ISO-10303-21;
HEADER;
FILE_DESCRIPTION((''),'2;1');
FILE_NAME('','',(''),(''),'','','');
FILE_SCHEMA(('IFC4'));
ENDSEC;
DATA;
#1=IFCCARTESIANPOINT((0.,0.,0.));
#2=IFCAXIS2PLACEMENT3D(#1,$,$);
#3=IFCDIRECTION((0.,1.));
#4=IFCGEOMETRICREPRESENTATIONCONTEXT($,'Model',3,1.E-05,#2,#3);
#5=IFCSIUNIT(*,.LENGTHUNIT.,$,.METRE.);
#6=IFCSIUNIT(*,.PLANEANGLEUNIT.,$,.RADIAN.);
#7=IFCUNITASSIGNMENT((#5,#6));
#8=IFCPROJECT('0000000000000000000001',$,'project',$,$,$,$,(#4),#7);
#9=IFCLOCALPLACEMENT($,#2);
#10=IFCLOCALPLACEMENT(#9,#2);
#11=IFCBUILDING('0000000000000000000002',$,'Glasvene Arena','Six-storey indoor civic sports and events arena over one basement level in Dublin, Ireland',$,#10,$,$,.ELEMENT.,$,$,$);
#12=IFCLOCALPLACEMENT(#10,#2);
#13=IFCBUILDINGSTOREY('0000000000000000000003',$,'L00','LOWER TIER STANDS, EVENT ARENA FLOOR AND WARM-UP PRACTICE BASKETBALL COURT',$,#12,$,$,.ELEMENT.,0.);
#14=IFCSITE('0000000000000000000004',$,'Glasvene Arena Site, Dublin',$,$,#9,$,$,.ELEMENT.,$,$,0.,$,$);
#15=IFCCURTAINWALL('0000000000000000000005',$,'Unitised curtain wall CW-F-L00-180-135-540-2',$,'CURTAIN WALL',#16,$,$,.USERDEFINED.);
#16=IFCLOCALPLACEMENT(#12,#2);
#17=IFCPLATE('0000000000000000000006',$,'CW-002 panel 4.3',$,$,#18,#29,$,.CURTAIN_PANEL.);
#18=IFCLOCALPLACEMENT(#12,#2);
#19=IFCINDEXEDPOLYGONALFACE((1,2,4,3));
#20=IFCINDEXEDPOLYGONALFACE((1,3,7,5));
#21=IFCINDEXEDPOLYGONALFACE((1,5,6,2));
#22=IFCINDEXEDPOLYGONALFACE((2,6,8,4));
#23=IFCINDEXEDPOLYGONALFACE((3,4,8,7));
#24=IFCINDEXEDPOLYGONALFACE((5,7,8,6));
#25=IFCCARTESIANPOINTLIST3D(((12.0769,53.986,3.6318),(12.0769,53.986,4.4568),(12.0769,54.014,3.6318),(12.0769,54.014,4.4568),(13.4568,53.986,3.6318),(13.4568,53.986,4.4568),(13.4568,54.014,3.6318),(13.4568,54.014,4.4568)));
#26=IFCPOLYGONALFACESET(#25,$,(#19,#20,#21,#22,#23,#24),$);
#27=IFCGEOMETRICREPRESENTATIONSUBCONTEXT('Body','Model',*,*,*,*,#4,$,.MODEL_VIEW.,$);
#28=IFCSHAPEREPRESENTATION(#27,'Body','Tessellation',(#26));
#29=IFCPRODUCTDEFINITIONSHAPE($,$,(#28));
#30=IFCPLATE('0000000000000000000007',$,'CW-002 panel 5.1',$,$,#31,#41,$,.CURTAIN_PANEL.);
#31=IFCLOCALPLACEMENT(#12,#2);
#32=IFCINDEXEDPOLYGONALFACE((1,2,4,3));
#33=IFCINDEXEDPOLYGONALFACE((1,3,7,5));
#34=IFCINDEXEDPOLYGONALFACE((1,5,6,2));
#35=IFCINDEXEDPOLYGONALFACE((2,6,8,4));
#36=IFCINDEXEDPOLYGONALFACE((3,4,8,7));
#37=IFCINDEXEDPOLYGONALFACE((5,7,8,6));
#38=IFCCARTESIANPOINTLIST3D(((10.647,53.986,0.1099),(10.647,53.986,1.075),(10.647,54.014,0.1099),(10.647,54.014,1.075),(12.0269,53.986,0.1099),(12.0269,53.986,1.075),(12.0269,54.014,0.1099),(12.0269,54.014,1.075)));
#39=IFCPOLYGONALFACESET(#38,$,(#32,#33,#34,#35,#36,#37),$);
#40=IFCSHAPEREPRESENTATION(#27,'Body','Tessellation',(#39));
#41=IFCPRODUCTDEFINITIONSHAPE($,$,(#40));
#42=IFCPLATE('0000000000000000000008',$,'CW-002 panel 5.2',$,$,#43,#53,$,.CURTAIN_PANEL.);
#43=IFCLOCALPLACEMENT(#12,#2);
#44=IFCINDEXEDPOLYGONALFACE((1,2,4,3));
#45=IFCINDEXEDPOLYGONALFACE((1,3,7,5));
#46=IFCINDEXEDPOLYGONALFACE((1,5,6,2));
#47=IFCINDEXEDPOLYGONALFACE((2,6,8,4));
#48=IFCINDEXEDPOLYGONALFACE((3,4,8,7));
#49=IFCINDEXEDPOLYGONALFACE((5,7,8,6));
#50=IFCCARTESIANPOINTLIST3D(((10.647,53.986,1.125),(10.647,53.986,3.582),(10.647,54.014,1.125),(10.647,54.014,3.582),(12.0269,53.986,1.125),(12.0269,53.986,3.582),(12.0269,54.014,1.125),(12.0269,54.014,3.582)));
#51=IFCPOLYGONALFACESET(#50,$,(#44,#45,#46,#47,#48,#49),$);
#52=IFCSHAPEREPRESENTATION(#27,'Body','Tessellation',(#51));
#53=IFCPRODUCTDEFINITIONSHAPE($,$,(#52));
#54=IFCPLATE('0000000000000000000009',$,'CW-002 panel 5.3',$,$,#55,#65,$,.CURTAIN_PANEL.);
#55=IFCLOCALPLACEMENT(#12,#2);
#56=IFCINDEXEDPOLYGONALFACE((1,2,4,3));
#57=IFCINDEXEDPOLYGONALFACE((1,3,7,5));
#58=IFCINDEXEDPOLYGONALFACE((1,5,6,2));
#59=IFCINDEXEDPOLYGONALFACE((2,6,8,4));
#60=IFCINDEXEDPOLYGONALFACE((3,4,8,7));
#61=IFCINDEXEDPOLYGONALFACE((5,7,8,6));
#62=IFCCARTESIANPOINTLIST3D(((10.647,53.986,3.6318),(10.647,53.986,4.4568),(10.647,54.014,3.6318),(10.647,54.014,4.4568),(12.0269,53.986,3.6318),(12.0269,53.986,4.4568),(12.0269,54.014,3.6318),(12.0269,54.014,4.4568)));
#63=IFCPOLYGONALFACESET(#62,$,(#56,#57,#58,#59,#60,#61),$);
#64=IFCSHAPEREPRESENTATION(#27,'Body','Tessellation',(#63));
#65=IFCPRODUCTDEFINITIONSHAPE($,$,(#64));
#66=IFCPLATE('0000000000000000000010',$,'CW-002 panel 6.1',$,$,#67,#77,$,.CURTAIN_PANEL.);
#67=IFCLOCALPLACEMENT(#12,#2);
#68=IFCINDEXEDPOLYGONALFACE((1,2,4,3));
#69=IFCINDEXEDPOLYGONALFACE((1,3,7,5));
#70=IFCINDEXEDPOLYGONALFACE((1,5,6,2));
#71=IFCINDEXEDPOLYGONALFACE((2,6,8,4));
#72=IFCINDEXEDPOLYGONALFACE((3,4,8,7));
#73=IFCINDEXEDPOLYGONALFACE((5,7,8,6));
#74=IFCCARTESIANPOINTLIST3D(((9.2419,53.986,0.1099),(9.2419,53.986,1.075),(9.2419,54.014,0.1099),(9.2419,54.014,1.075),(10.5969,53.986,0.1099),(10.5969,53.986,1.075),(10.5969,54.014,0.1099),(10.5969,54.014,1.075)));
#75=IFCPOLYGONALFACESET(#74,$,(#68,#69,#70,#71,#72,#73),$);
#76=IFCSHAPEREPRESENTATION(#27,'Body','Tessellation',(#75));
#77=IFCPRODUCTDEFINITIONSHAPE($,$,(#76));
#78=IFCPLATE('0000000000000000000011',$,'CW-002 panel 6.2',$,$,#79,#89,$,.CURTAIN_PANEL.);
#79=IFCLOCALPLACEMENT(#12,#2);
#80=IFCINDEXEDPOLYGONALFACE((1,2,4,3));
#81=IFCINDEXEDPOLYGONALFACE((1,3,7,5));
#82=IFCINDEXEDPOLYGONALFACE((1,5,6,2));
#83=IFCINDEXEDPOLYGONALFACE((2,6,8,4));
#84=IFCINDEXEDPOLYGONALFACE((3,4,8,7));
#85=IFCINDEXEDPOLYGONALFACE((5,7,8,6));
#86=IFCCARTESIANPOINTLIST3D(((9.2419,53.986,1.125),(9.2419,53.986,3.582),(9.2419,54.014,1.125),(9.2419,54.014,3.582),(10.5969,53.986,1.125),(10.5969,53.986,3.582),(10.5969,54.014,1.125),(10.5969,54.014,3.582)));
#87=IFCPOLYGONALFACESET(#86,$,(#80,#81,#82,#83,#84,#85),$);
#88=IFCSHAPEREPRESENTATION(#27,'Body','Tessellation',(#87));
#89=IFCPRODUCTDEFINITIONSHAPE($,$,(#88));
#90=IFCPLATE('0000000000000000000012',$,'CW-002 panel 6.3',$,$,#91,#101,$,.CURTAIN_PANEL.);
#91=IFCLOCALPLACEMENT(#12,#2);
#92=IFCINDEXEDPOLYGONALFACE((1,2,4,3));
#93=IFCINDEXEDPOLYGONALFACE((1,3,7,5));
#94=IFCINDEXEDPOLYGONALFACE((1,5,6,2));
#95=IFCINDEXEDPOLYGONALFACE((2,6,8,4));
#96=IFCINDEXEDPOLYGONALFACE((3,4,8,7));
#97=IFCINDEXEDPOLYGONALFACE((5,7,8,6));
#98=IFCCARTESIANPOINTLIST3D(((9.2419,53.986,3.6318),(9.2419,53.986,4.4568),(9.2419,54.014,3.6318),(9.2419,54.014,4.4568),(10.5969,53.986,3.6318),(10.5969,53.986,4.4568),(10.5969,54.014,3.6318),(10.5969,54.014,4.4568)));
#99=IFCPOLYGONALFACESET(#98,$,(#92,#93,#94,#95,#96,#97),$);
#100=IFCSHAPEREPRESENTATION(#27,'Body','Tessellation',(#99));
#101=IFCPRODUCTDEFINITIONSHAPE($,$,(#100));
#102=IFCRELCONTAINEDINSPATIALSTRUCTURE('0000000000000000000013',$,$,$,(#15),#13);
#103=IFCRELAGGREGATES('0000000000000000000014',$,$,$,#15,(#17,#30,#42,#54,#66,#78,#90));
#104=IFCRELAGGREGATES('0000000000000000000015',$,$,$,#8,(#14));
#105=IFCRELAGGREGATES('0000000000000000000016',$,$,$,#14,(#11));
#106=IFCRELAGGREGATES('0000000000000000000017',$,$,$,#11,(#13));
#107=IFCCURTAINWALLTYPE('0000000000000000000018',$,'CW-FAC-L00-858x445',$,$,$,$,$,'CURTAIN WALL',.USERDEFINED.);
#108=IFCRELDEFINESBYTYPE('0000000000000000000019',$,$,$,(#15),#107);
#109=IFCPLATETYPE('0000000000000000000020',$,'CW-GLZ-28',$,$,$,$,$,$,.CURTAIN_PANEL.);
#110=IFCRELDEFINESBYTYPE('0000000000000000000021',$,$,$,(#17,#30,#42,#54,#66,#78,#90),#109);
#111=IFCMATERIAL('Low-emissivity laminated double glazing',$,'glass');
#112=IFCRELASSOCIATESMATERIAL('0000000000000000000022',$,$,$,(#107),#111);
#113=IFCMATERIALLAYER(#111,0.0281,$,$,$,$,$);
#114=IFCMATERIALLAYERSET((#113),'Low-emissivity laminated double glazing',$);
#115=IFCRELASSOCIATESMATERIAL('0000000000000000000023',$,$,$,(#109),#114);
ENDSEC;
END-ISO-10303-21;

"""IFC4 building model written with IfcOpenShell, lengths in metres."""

from ifc_helpers import new_model, si_unit, direction, frame, origin, origin_2d, place, context, subcontext, project, spatial, rectangle, extrude, material, layer, layer_set, type_object, element, aggregate, save


model = new_model("IFC4")

# Units and contexts
model_context = context("Model", 3, precision=1e-05, world=origin(), true_north=direction((0.0, 1.0)))
body_context = subcontext(model_context, "Body", "Model", "MODEL_VIEW")
ifc_project = project(units=[si_unit("LENGTHUNIT", "METRE"), si_unit("PLANEANGLEUNIT", "RADIAN")], contexts=[model_context])

# Site, building, storey
site_placement = place(None, origin())
site = spatial("IfcSite", under=ifc_project, at=site_placement, Name="Glasvene Arena Site, Dublin", CompositionType="ELEMENT", RefElevation=0.0)
building_placement = place(site_placement, origin())
building = spatial("IfcBuilding", under=site, at=building_placement, Name="Glasvene Arena", Description="Six-storey indoor civic sports and events arena over one basement level in Dublin, Ireland", CompositionType="ELEMENT")
storey_placement = place(building_placement, origin())
storey = spatial("IfcBuildingStorey", under=building, at=storey_placement, Name="L00", Description="LOWER TIER STANDS, EVENT ARENA FLOOR AND WARM-UP PRACTICE BASKETBALL COURT", CompositionType="ELEMENT", Elevation=0.0)

# Curtain wall, plates
ifc_material_1 = material(Name="Low-emissivity laminated double glazing", Category="glass")
curtain_wall_type = type_object("IfcCurtainWallType", Name="CW-FAC-L00-858x445", ElementType="CURTAIN WALL", PredefinedType="USERDEFINED", material=ifc_material_1)
curtain_wall_placement = place(storey_placement, frame((17.7717, 54.0, 0.0)))
curtain_wall = element("IfcCurtainWall", 1, at=curtain_wall_placement, inside=storey, type_object=curtain_wall_type, Name="Unitised curtain wall CW-F-L00-180-135-540-2", ObjectType="CURTAIN WALL", PredefinedType="USERDEFINED")
ifc_layer = layer(ifc_material_1, 0.0281)
ifc_layer_set = layer_set([ifc_layer], Name="Low-emissivity laminated double glazing")
plate_type = type_object("IfcPlateType", Name="CW-GLZ-28", PredefinedType="CURTAIN_PANEL", material=ifc_layer_set)
plate_1_placement = place(storey_placement, frame((12.7668, 54.0, 3.6318), z_axis=(0.0, 0.0, 1.0), x_axis=(-1.0, 0.0, 0.0)))
plate_1 = element("IfcPlate", 2, at=plate_1_placement, type_object=plate_type, Name="CW-002 panel 4.3", PredefinedType="CURTAIN_PANEL", context=body_context, shape_type="SweptSolid", body=[
    extrude(rectangle(XDim=1.3799, YDim=0.0281, at=origin_2d()), origin(), (0.0, 0.0, 1.0), 0.825),
])
plate_2_placement = place(storey_placement, frame((11.3369, 54.0, 0.1099), z_axis=(0.0, 0.0, 1.0), x_axis=(-1.0, 0.0, 0.0)))
plate_2 = element("IfcPlate", 3, at=plate_2_placement, type_object=plate_type, Name="CW-002 panel 5.1", PredefinedType="CURTAIN_PANEL", context=body_context, shape_type="SweptSolid", body=[
    extrude(rectangle(XDim=1.3799, YDim=0.0281, at=origin_2d()), origin(), (0.0, 0.0, 1.0), 0.9651),
])
plate_3_placement = place(storey_placement, frame((11.3369, 54.0, 1.125), z_axis=(0.0, 0.0, 1.0), x_axis=(-1.0, 0.0, 0.0)))
plate_3 = element("IfcPlate", 4, at=plate_3_placement, type_object=plate_type, Name="CW-002 panel 5.2", PredefinedType="CURTAIN_PANEL", context=body_context, shape_type="SweptSolid", body=[
    extrude(rectangle(XDim=1.3799, YDim=0.0281, at=origin_2d()), origin(), (0.0, 0.0, 1.0), 2.457),
])
plate_4_placement = place(storey_placement, frame((11.3369, 54.0, 3.6318), z_axis=(0.0, 0.0, 1.0), x_axis=(-1.0, 0.0, 0.0)))
plate_4 = element("IfcPlate", 5, at=plate_4_placement, type_object=plate_type, Name="CW-002 panel 5.3", PredefinedType="CURTAIN_PANEL", context=body_context, shape_type="SweptSolid", body=[
    extrude(rectangle(XDim=1.3799, YDim=0.0281, at=origin_2d()), origin(), (0.0, 0.0, 1.0), 0.825),
])
plate_5_placement = place(storey_placement, frame((9.9194, 54.0, 0.1099), z_axis=(0.0, 0.0, 1.0), x_axis=(-1.0, 0.0, 0.0)))
plate_5 = element("IfcPlate", 6, at=plate_5_placement, type_object=plate_type, Name="CW-002 panel 6.1", PredefinedType="CURTAIN_PANEL", context=body_context, shape_type="SweptSolid", body=[
    extrude(rectangle(XDim=1.355, YDim=0.0281, at=origin_2d()), origin(), (0.0, 0.0, 1.0), 0.9651),
])
plate_6_placement = place(storey_placement, frame((9.9194, 54.0, 1.125), z_axis=(0.0, 0.0, 1.0), x_axis=(-1.0, 0.0, 0.0)))
plate_6 = element("IfcPlate", 7, at=plate_6_placement, type_object=plate_type, Name="CW-002 panel 6.2", PredefinedType="CURTAIN_PANEL", context=body_context, shape_type="SweptSolid", body=[
    extrude(rectangle(XDim=1.355, YDim=0.0281, at=origin_2d()), origin(), (0.0, 0.0, 1.0), 2.457),
])
plate_7_placement = place(storey_placement, frame((9.9194, 54.0, 3.6318), z_axis=(0.0, 0.0, 1.0), x_axis=(-1.0, 0.0, 0.0)))
plate_7 = element("IfcPlate", 8, at=plate_7_placement, type_object=plate_type, Name="CW-002 panel 6.3", PredefinedType="CURTAIN_PANEL", context=body_context, shape_type="SweptSolid", body=[
    extrude(rectangle(XDim=1.355, YDim=0.0281, at=origin_2d()), origin(), (0.0, 0.0, 1.0), 0.825),
])
aggregate(curtain_wall, [plate_1, plate_2, plate_3, plate_4, plate_5, plate_6, plate_7])

save(model, "model.ifc")
